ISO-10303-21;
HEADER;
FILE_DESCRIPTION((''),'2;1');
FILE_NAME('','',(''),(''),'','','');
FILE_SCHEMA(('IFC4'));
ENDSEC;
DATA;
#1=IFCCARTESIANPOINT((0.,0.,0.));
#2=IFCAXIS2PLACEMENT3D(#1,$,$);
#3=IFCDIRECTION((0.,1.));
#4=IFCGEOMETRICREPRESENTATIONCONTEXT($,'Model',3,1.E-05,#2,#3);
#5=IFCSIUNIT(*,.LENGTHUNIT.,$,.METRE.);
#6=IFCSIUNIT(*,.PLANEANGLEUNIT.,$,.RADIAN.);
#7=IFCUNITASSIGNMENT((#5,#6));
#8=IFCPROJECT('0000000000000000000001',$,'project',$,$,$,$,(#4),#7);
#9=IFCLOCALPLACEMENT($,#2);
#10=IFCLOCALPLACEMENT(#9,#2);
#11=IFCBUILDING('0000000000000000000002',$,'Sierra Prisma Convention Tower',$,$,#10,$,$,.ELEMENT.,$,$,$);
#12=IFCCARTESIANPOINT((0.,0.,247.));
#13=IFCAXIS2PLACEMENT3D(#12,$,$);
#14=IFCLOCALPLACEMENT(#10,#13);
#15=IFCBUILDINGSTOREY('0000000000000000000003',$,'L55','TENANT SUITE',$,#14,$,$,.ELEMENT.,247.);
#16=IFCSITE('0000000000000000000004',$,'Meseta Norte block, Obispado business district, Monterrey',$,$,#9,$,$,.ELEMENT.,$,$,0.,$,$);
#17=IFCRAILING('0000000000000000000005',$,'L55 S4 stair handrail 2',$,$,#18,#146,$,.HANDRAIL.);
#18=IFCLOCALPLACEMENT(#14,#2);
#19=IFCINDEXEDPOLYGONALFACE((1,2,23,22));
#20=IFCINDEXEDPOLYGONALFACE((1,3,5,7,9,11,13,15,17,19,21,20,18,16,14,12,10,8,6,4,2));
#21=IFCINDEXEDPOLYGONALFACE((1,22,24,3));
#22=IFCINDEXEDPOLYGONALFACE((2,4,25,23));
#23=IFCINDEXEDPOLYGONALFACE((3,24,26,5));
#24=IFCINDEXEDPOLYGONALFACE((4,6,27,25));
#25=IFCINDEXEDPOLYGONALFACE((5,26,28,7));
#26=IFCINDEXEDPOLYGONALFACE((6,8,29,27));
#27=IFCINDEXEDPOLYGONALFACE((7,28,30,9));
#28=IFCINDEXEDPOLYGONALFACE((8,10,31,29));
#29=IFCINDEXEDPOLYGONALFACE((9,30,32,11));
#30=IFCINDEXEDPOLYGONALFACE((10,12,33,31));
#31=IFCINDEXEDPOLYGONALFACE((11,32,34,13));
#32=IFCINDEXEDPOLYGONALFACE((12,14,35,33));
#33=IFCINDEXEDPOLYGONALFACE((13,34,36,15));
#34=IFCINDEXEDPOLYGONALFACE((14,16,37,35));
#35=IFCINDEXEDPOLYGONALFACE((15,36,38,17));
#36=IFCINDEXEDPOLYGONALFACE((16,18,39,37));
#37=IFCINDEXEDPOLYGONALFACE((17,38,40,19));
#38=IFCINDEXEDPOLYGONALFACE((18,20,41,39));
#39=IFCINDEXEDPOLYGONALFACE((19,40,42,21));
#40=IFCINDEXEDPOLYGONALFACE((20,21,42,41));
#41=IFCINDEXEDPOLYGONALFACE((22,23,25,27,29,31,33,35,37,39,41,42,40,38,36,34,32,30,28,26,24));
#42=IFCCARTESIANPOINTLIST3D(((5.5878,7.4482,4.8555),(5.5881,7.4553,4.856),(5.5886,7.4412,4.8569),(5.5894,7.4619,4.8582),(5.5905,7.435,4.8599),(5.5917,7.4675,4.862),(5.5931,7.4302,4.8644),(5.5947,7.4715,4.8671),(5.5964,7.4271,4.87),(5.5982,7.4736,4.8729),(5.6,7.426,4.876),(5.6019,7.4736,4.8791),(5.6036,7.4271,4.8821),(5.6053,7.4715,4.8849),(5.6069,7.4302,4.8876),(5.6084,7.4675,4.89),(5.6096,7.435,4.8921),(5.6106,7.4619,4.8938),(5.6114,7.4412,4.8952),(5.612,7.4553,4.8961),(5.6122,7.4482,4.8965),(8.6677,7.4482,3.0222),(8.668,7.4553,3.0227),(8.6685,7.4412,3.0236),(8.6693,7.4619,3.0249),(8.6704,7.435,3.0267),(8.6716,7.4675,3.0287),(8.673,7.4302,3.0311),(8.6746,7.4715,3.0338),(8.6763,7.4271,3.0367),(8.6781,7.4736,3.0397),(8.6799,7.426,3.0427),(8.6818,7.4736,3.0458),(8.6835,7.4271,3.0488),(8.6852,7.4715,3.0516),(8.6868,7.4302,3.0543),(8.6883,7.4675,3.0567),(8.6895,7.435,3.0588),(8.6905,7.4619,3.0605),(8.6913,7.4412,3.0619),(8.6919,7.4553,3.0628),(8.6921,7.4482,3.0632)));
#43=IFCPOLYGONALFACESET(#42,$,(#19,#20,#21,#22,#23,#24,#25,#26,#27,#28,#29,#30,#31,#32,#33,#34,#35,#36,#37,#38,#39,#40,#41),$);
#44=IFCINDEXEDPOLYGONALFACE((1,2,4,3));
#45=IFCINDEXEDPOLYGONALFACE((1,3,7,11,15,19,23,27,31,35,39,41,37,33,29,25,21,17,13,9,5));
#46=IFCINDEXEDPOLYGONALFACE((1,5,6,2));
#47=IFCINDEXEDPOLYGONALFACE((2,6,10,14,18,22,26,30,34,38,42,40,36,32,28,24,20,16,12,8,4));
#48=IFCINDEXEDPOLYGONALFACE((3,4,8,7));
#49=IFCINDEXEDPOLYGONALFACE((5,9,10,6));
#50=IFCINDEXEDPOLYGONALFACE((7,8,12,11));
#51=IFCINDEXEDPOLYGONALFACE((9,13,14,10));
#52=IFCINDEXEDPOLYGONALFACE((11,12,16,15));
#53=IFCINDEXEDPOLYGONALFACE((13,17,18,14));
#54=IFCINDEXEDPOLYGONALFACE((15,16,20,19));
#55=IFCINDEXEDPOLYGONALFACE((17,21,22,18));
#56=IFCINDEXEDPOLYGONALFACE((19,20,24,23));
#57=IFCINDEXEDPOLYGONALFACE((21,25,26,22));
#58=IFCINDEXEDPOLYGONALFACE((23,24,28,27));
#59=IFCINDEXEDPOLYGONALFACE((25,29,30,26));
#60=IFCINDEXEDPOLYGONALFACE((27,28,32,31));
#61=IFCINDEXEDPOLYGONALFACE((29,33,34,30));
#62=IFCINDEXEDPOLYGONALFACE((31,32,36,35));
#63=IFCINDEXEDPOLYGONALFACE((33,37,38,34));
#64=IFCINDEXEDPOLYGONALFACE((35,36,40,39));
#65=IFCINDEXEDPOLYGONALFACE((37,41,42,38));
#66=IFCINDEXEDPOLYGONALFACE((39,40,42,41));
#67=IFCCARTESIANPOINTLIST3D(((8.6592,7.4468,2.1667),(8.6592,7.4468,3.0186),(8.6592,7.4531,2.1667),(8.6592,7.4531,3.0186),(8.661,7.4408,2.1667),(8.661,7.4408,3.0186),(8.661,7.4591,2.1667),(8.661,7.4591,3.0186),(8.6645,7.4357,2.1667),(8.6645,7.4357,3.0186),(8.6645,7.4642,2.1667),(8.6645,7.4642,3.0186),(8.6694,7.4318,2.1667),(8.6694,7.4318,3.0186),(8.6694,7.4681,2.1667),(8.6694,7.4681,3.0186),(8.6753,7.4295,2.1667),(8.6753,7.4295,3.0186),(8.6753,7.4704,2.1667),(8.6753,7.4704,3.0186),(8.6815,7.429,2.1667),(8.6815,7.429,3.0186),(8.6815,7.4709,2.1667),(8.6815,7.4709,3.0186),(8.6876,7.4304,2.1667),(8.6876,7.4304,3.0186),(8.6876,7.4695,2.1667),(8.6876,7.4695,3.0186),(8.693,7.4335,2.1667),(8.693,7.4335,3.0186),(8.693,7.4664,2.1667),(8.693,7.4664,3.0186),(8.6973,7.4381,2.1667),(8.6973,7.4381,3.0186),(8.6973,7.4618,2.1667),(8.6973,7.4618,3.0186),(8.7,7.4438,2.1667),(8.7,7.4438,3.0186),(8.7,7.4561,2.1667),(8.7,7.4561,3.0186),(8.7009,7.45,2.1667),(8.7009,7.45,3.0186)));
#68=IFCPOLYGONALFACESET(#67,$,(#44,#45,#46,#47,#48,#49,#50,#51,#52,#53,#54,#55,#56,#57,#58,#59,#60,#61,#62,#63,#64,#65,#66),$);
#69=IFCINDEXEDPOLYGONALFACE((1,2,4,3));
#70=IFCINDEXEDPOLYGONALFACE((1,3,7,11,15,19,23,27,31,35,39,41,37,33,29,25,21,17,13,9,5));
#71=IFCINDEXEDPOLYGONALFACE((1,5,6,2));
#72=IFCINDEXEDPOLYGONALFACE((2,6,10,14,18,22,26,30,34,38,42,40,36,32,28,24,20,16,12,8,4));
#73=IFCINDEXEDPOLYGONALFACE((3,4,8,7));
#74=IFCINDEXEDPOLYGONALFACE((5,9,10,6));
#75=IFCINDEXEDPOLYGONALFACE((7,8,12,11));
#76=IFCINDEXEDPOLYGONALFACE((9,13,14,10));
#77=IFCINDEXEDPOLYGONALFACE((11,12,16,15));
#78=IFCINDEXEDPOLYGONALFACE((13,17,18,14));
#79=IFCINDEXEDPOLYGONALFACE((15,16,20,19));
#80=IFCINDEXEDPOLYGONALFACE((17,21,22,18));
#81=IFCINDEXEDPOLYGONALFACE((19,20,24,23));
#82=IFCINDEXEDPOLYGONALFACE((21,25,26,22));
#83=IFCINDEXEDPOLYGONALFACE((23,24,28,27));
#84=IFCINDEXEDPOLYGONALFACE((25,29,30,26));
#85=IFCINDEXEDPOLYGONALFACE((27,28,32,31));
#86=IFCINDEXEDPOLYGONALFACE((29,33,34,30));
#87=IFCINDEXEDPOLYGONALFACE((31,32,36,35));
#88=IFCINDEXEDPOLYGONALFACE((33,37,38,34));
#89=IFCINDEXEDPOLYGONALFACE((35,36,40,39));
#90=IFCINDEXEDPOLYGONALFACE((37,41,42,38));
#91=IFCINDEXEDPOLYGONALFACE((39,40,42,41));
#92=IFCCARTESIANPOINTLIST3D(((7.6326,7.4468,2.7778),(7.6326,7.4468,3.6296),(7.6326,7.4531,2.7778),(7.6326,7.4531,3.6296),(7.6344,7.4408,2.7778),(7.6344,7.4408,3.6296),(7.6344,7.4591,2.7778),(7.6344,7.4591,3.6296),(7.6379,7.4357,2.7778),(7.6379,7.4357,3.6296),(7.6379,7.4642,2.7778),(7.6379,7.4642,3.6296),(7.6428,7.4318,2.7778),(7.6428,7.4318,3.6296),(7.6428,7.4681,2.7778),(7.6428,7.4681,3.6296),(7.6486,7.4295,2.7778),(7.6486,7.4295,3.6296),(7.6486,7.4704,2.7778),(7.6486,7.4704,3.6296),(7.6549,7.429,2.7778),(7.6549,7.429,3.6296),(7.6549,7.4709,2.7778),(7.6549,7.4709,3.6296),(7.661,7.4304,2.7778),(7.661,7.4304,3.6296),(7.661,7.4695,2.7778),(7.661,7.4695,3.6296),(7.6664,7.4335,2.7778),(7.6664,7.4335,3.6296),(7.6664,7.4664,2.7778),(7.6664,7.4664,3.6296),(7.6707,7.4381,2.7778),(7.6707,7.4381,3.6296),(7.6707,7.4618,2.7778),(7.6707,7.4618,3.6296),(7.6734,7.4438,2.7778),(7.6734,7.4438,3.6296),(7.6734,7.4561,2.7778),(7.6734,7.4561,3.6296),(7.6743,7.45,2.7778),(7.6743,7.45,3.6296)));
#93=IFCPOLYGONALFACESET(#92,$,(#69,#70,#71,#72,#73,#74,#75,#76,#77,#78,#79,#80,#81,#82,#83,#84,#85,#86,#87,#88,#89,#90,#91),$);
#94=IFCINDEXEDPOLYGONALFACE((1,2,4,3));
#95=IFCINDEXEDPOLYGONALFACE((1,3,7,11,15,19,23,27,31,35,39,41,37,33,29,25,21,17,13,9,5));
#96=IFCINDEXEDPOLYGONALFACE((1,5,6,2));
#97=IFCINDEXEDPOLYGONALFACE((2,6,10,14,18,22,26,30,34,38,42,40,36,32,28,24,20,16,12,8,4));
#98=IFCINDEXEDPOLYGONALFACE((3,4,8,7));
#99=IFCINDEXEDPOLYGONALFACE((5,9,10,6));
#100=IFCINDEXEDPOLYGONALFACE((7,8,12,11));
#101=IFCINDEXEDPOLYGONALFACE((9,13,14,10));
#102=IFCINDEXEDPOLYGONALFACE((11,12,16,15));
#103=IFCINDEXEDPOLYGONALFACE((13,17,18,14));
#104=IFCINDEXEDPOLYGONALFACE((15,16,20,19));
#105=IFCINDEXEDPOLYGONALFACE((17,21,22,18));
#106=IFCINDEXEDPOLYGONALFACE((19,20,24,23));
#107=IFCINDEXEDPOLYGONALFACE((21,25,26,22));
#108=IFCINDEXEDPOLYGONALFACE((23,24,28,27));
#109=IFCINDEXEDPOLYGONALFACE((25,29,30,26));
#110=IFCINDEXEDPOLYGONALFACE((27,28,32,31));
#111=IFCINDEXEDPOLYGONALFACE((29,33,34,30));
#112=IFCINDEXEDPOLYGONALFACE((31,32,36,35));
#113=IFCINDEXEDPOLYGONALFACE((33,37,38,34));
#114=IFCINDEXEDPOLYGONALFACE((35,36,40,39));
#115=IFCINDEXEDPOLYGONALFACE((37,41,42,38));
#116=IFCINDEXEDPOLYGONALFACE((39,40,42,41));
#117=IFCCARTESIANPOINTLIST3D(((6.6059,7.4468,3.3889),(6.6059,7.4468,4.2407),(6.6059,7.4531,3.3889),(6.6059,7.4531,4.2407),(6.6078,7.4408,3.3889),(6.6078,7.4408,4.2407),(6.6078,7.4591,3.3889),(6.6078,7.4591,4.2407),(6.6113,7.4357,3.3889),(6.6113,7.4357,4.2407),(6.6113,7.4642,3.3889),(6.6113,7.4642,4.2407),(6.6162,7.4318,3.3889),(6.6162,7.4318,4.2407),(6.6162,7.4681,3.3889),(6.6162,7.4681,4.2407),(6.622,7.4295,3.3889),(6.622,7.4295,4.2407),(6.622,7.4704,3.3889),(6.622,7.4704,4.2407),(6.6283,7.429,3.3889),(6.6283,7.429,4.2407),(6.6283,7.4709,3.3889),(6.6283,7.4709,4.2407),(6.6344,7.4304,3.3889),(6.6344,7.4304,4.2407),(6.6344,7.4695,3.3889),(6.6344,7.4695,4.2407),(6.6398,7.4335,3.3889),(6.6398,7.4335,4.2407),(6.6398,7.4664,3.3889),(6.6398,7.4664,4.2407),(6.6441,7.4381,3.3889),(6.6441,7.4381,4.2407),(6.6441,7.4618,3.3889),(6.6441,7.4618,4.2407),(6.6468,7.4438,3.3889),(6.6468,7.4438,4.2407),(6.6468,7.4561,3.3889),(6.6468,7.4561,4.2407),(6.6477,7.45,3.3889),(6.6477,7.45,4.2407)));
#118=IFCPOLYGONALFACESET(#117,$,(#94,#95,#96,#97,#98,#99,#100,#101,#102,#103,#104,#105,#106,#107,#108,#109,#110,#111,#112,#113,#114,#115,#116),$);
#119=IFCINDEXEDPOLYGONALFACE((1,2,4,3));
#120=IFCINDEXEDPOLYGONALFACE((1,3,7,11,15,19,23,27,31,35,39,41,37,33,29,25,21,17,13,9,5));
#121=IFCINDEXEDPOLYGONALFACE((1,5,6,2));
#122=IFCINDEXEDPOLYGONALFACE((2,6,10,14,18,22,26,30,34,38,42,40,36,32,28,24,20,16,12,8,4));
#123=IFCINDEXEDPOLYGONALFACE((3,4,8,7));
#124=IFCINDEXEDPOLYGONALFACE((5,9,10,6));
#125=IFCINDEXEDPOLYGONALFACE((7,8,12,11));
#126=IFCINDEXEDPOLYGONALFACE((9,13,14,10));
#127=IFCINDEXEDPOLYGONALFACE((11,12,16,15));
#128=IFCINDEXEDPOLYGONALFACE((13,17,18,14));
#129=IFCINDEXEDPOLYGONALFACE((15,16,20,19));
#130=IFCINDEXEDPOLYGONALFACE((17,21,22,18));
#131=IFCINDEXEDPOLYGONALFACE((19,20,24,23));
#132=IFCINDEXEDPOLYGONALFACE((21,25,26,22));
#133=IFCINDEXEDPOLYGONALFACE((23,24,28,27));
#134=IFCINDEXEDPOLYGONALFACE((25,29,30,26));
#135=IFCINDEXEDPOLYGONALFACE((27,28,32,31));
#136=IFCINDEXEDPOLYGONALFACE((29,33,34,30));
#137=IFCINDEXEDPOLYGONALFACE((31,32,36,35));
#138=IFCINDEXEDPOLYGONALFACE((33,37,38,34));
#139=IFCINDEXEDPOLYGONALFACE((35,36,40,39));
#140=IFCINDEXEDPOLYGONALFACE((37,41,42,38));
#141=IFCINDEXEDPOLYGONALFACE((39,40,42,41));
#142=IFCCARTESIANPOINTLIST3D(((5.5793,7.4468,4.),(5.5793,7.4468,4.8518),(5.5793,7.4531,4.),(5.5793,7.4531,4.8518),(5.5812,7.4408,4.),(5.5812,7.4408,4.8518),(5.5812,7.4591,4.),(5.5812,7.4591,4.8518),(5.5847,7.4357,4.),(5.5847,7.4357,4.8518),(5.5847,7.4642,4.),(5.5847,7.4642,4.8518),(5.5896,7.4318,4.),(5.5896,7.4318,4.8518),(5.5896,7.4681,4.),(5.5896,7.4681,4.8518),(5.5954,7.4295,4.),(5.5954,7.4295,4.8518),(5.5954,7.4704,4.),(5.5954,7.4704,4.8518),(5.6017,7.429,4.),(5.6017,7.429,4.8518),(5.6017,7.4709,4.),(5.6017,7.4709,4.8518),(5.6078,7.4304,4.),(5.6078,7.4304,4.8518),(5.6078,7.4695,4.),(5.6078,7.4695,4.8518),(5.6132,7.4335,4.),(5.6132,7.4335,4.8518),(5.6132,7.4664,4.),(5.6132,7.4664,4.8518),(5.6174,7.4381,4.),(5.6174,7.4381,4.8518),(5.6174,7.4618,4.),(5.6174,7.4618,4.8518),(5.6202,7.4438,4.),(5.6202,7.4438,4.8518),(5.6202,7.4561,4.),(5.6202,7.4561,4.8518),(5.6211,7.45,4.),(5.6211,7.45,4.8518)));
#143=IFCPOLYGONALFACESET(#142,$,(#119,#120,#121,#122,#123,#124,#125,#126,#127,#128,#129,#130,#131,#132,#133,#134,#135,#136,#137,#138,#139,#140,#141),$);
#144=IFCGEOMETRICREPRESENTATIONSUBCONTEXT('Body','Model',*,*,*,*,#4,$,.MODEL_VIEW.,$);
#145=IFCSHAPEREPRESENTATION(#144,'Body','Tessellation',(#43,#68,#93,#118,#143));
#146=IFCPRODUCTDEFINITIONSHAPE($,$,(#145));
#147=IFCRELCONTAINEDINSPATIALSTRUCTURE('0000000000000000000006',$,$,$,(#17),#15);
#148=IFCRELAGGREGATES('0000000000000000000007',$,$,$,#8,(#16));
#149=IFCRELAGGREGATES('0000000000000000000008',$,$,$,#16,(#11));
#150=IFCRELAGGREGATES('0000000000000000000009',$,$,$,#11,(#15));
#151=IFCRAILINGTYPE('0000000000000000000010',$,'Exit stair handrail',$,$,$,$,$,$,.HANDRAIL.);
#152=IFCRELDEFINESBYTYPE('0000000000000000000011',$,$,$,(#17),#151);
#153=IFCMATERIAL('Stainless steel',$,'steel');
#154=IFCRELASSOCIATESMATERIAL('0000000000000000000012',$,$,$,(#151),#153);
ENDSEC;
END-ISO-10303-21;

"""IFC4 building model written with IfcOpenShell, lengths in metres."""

from ifc_helpers import new_model, si_unit, direction, frame, origin, origin_2d, place, context, subcontext, project, spatial, circle, extrude, material, type_object, element, save


model = new_model("IFC4")

# Units and contexts
model_context = context("Model", 3, precision=1e-05, world=origin(), true_north=direction((0.0, 1.0)))
body_context = subcontext(model_context, "Body", "Model", "MODEL_VIEW")
ifc_project = project(units=[si_unit("LENGTHUNIT", "METRE"), si_unit("PLANEANGLEUNIT", "RADIAN")], contexts=[model_context])

# Site, building, storey
site_placement = place(None, origin())
site = spatial("IfcSite", under=ifc_project, at=site_placement, Name="Meseta Norte block, Obispado business district, Monterrey", CompositionType="ELEMENT", RefElevation=0.0)
building_placement = place(site_placement, origin())
building = spatial("IfcBuilding", under=site, at=building_placement, Name="Sierra Prisma Convention Tower", CompositionType="ELEMENT")
storey_placement = place(building_placement, frame((0.0, 0.0, 247.0)))
storey = spatial("IfcBuildingStorey", under=building, at=storey_placement, Name="L55", Description="TENANT SUITE", CompositionType="ELEMENT", Elevation=247.0)

# Railing
ifc_material_1 = material(Name="Stainless steel", Category="steel")
railing_type_1 = type_object("IfcRailingType", Name="Exit stair handrail", PredefinedType="HANDRAIL", material=ifc_material_1)
railing_1_placement = place(storey_placement, frame((8.6799, 7.45, 2.1667)))
element("IfcRailing", 1, at=railing_1_placement, inside=storey, type_object=railing_type_1, Name="L55 S4 stair handrail 2", PredefinedType="HANDRAIL", context=body_context, shape_type="SweptSolid", body=[
    extrude(circle(Radius=0.0239, at=origin_2d()), frame((0.0, 0.0, 0.876), z_axis=(-0.859291, 0.0, 0.511487), x_axis=(0.0, -1.0, 0.0)), (0.0, 0.0, 1.0), 3.5842),
    extrude(circle(Radius=0.021, at=origin_2d()), origin(), (0.0, 0.0, 1.0), 0.8518),
    extrude(circle(Radius=0.021, at=origin_2d()), frame((-1.0266, 0.0, 0.6111)), (0.0, 0.0, 1.0), 0.8518),
    extrude(circle(Radius=0.021, at=origin_2d()), frame((-2.0532, 0.0, 1.2222)), (0.0, 0.0, 1.0), 0.8518),
    extrude(circle(Radius=0.021, at=origin_2d()), frame((-3.0798, 0.0, 1.8333)), (0.0, 0.0, 1.0), 0.8518),
])

save(model, "model.ifc")
